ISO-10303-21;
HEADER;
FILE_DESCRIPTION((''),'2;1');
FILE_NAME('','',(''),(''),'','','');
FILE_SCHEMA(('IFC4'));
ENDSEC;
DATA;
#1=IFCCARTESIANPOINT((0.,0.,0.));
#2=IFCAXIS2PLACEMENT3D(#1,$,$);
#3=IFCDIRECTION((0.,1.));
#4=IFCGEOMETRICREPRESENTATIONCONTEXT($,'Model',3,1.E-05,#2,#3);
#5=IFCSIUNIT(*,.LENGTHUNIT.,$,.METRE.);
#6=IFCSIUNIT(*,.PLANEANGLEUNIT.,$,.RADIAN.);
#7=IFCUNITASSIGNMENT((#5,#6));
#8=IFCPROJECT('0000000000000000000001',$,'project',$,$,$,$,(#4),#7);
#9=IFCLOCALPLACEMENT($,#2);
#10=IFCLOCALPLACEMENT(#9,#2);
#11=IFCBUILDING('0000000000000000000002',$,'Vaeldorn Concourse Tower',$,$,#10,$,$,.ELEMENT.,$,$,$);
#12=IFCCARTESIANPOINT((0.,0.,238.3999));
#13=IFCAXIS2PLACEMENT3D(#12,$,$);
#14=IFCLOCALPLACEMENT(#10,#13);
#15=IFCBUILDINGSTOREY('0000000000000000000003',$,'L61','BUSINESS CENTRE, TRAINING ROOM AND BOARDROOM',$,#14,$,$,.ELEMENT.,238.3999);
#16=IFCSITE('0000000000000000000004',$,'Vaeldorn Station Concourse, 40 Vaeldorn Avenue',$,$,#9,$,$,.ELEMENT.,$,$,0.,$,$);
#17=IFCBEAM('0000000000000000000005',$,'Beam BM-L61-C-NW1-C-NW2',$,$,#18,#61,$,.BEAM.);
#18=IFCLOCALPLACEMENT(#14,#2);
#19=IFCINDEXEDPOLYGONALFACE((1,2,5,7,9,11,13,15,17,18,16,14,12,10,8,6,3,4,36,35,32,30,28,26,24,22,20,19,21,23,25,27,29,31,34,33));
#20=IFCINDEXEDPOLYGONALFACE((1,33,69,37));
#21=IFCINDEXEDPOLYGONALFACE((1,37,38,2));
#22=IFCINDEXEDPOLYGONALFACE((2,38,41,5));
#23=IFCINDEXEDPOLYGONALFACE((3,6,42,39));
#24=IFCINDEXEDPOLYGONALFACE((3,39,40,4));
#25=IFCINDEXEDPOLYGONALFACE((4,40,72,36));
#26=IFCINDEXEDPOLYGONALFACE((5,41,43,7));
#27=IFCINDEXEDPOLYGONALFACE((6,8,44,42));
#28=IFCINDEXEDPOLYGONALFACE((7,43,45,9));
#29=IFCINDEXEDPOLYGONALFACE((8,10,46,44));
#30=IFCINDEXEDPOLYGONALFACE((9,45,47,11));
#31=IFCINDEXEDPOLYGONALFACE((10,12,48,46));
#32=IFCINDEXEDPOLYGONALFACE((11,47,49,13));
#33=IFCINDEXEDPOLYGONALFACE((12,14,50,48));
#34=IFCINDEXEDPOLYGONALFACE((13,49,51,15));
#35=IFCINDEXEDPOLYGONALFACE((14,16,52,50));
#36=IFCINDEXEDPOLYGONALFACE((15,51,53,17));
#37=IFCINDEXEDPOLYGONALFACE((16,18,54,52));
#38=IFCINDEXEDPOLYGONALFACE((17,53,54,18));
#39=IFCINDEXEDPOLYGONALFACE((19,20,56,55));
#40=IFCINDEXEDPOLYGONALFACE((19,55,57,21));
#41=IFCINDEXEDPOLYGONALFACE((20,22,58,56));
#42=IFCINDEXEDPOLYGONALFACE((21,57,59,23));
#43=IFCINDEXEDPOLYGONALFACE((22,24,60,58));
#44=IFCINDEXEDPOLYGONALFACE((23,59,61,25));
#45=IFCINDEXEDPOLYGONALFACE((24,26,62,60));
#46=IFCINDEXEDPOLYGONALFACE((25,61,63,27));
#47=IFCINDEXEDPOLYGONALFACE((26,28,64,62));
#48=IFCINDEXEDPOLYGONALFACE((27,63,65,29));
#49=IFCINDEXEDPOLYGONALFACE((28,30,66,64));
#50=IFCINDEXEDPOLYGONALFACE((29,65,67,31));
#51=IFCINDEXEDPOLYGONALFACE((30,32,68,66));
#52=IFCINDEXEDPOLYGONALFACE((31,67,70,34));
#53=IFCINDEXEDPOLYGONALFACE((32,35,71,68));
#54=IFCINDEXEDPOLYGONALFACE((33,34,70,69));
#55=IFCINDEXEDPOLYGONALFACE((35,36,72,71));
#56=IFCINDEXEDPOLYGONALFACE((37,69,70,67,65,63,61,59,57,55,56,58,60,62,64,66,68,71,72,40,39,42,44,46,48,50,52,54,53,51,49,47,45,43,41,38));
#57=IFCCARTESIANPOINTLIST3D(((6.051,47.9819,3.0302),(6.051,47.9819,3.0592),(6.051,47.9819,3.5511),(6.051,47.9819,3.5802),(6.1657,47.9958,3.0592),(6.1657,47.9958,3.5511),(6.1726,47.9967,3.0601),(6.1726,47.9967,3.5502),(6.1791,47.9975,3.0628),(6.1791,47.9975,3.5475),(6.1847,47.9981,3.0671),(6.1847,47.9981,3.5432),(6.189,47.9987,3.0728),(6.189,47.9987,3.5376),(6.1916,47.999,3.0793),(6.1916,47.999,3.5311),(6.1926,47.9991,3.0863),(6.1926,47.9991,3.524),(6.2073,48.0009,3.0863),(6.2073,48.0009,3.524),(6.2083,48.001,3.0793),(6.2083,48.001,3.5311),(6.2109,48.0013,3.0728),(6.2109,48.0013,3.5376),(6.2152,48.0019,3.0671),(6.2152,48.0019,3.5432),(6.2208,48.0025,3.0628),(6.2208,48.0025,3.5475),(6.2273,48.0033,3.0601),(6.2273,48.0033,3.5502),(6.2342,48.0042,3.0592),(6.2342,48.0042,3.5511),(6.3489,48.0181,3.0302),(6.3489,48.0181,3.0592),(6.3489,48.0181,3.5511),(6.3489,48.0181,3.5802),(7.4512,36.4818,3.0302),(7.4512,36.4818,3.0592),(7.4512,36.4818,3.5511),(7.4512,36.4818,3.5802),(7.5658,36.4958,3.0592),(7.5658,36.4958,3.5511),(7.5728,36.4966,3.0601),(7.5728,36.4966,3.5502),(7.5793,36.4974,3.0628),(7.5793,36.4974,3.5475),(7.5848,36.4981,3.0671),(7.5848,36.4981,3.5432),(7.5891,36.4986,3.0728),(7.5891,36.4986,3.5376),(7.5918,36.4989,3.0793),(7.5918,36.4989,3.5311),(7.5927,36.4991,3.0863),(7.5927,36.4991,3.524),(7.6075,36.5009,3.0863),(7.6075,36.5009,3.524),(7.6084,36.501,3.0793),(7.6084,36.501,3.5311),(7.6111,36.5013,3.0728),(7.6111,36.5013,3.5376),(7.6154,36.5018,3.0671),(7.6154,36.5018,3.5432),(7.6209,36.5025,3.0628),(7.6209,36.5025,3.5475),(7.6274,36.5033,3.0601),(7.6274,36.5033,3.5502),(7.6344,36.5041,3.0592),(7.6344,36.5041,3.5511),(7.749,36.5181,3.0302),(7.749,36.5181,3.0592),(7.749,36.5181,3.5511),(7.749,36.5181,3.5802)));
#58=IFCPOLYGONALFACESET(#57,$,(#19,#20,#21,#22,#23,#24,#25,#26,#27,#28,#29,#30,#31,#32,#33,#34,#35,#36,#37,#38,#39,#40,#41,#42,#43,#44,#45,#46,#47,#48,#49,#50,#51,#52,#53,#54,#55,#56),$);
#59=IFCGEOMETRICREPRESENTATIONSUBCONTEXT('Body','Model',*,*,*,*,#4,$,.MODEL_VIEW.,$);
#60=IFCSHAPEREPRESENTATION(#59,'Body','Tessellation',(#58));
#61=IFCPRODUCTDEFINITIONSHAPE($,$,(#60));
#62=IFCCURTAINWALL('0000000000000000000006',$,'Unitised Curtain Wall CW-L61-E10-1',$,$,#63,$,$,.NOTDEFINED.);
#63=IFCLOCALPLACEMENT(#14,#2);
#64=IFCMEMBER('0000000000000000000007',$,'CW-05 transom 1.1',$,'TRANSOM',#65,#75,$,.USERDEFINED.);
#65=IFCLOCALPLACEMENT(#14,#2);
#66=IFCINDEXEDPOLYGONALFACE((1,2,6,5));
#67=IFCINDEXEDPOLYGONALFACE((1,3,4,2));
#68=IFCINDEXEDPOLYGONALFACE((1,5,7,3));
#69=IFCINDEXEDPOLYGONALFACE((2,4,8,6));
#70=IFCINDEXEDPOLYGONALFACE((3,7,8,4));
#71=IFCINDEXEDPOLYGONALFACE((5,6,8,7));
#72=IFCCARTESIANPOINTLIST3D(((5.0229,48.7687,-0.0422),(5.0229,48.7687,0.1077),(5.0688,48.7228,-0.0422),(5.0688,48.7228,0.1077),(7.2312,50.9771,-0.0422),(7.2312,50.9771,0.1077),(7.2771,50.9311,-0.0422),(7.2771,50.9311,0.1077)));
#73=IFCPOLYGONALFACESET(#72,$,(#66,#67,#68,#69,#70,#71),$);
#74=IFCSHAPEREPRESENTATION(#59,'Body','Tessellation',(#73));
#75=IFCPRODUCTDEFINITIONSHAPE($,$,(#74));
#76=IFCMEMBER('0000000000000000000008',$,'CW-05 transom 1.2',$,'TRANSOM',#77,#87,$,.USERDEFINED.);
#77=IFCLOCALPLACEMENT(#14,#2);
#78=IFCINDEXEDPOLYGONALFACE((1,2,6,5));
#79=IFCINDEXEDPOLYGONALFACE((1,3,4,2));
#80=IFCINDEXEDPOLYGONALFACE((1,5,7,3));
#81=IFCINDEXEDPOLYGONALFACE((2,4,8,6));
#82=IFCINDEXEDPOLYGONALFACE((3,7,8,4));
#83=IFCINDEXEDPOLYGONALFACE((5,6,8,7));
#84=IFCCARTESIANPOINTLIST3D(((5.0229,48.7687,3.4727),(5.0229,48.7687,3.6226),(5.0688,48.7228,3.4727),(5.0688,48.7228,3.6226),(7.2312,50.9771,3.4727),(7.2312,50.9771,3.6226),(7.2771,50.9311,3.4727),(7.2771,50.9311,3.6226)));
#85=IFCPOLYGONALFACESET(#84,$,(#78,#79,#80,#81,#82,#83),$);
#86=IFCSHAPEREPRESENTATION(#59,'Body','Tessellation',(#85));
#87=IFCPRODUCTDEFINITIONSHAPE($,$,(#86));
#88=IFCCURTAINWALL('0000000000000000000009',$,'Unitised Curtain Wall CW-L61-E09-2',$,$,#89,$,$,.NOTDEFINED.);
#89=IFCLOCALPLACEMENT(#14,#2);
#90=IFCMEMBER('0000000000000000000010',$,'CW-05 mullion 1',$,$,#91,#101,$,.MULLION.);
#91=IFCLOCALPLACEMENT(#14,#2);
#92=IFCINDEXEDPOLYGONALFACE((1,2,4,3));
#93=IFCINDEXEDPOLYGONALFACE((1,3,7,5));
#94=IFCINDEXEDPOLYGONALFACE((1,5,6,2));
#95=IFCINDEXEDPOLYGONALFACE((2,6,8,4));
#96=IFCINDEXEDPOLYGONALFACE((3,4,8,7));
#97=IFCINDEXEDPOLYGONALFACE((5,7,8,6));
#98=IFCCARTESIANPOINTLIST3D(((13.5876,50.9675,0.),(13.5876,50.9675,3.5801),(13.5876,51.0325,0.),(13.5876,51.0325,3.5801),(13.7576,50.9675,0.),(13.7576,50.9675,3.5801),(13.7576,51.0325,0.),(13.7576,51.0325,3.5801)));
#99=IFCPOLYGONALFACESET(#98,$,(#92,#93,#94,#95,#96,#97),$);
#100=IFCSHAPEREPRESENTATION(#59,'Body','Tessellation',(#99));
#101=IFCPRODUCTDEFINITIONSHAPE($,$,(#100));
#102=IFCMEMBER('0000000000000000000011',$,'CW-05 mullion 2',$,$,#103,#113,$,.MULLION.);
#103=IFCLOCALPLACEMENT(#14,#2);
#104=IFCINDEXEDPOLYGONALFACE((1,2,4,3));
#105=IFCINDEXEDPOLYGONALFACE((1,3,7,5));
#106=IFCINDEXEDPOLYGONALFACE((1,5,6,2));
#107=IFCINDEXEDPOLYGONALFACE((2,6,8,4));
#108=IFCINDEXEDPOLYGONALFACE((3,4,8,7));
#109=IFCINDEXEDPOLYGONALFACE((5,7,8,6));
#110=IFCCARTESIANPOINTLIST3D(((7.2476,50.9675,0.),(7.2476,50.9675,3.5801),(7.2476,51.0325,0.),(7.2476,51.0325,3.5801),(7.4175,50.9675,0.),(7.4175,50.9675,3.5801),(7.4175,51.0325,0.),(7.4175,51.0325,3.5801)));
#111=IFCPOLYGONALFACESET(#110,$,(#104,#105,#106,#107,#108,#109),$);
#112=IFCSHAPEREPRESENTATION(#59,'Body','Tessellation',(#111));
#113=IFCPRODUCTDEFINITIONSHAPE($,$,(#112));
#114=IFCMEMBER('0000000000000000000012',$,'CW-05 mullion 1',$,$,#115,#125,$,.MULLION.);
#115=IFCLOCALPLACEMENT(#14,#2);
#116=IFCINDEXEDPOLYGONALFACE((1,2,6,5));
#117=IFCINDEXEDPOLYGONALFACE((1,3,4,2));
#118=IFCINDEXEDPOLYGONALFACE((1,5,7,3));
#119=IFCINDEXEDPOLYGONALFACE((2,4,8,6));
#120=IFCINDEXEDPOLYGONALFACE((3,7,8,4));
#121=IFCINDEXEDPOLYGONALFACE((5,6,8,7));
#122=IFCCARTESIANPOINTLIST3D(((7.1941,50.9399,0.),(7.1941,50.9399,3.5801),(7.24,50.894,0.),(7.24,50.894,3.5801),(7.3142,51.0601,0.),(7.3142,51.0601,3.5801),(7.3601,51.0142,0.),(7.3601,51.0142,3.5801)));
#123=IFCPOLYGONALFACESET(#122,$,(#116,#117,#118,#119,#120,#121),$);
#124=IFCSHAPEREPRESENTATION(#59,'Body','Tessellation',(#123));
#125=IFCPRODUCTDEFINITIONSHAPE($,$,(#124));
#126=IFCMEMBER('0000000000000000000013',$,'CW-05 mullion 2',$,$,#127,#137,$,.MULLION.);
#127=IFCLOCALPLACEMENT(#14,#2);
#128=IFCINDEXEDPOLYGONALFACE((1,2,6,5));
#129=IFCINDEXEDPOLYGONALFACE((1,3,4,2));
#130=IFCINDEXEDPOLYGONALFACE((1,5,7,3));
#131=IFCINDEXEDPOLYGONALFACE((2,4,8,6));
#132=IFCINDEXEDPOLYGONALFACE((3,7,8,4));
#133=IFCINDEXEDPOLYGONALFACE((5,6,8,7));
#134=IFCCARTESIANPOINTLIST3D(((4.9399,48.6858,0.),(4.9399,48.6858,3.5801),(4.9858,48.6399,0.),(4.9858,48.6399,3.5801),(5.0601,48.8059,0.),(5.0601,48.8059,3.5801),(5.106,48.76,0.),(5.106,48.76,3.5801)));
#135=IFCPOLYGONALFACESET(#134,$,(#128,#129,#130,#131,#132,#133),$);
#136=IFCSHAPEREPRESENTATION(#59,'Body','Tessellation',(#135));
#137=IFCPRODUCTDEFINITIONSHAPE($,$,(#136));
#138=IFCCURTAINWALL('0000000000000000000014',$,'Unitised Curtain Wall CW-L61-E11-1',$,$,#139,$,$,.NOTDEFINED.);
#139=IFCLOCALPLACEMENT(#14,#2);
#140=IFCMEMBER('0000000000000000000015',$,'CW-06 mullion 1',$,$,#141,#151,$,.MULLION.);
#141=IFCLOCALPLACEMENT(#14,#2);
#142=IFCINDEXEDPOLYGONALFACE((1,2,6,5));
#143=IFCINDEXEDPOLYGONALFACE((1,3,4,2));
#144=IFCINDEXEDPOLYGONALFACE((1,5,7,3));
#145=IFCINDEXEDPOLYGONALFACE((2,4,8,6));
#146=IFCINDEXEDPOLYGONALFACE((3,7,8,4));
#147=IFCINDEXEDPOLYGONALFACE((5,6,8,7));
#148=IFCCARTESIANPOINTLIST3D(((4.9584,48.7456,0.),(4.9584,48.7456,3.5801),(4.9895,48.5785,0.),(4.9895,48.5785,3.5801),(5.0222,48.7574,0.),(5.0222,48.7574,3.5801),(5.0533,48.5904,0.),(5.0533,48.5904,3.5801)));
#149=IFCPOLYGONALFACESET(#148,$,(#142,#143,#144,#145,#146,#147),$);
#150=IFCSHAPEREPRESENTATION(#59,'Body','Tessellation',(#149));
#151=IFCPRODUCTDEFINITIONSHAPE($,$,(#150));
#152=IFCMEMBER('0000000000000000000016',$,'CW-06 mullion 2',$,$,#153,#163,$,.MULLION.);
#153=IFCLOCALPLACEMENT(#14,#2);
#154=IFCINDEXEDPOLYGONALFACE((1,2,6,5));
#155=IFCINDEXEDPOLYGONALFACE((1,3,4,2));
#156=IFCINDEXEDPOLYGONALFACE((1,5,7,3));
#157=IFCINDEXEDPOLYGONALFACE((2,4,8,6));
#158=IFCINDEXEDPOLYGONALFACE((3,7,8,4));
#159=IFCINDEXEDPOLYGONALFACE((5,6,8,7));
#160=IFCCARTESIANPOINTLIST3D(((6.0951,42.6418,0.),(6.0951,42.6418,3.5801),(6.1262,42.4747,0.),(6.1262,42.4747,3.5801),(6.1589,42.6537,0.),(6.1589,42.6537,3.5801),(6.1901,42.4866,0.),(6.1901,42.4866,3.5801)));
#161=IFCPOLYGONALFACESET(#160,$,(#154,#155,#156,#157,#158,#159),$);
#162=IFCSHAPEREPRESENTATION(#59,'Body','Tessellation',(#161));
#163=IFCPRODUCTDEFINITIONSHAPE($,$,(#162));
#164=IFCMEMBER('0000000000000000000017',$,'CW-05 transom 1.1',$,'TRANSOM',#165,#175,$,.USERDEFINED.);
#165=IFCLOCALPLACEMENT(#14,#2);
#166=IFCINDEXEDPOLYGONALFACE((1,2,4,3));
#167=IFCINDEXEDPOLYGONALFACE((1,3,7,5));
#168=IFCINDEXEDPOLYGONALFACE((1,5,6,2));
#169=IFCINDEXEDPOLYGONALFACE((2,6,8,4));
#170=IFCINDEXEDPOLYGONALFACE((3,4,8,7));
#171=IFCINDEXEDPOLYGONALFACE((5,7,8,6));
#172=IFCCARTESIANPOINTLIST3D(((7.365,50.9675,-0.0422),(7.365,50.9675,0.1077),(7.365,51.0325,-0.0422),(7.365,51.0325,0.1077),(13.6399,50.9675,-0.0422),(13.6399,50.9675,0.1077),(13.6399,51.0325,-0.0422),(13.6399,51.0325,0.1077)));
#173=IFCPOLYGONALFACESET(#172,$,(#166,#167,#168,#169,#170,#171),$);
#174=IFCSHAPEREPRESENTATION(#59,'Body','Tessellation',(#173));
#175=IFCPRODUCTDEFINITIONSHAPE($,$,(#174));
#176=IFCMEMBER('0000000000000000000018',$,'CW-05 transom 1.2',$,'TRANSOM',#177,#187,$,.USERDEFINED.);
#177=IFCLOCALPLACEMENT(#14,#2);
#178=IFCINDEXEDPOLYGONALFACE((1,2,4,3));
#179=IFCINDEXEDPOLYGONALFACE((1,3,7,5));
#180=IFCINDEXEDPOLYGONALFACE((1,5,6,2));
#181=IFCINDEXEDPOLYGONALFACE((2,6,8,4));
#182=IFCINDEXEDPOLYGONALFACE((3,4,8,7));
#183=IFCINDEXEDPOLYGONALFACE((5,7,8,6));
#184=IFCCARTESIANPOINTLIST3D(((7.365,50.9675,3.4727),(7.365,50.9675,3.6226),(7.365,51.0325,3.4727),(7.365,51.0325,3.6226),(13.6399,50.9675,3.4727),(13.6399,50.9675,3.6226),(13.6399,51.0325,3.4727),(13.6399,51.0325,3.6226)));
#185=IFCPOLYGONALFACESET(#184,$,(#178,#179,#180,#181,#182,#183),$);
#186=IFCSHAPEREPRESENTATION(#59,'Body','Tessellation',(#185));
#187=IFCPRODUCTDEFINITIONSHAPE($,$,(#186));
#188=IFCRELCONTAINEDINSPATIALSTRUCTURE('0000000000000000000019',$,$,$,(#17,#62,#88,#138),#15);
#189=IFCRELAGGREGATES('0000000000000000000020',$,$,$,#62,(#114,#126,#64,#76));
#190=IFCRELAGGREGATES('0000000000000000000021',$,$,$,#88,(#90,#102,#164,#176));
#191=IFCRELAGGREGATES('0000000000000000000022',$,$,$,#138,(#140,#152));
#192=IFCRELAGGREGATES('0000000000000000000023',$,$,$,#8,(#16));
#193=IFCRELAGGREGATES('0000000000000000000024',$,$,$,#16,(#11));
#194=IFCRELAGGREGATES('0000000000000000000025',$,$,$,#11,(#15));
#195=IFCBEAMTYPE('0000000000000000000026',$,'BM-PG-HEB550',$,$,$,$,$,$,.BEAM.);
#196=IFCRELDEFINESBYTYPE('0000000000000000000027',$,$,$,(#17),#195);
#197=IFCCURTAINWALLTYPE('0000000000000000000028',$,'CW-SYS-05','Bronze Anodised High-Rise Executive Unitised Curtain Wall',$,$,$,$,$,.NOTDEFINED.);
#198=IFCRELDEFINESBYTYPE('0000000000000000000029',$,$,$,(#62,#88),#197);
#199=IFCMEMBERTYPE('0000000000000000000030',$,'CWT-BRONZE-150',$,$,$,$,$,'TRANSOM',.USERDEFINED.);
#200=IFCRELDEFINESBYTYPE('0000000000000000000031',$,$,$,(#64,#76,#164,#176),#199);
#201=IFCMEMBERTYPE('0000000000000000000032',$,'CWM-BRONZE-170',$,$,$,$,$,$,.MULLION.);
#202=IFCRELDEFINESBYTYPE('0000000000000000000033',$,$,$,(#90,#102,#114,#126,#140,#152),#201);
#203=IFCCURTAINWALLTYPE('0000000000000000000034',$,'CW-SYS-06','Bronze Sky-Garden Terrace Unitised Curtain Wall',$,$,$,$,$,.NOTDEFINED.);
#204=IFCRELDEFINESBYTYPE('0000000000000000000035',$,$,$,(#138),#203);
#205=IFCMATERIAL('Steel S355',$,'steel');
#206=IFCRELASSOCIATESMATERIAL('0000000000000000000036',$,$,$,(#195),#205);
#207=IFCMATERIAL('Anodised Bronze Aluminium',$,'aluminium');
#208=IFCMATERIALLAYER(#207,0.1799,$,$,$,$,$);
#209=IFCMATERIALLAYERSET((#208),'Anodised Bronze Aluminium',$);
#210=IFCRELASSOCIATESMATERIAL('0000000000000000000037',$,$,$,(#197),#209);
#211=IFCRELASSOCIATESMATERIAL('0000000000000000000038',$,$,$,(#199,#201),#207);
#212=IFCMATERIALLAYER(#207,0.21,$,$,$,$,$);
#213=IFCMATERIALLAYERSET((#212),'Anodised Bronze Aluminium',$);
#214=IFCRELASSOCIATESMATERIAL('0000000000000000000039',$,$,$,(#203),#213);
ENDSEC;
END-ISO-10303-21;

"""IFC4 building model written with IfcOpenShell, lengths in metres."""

from ifc_helpers import new_model, si_unit, direction, frame, origin, origin_2d, place, context, subcontext, project, spatial, rectangle, i_section, extrude, source, transform, mapped, material, layer, layer_set, material_profile, profile_set, type_object, element, aggregate, save


model = new_model("IFC4")

# Units and contexts
model_context = context("Model", 3, precision=1e-05, world=origin(), true_north=direction((0.0, 1.0)))
body_context = subcontext(model_context, "Body", "Model", "MODEL_VIEW")
ifc_project = project(units=[si_unit("LENGTHUNIT", "METRE"), si_unit("PLANEANGLEUNIT", "RADIAN")], contexts=[model_context])

# Site, building, storey
site_placement = place(None, origin())
site = spatial("IfcSite", under=ifc_project, at=site_placement, Name="Vaeldorn Station Concourse, 40 Vaeldorn Avenue", CompositionType="ELEMENT", RefElevation=0.0)
building_placement = place(site_placement, origin())
building = spatial("IfcBuilding", under=site, at=building_placement, Name="Vaeldorn Concourse Tower", CompositionType="ELEMENT")
storey_placement = place(building_placement, frame((0.0, 0.0, 238.3999)))
storey = spatial("IfcBuildingStorey", under=building, at=storey_placement, Name="L61", Description="BUSINESS CENTRE, TRAINING ROOM AND BOARDROOM", CompositionType="ELEMENT", Elevation=238.3999)

# Shared definitions
ifc_material_1 = material(Name="Steel S355", Category="steel")

# Beam
ifc_material_profile_1 = material_profile(ifc_material_1, i_section(OverallWidth=0.3, OverallDepth=0.55, WebThickness=0.0149, FlangeThickness=0.0291, FilletRadius=0.0271, at=origin_2d()), Name="HEB 550")
ifc_profile_set_1 = profile_set([ifc_material_profile_1], Name="Steel S355")
beam_type_1 = type_object("IfcBeamType", Name="BM-PG-HEB550", PredefinedType="BEAM", material=ifc_profile_set_1)
shared_shape_1 = source(origin(), body_context, "Body", "SweptSolid", [
    extrude(i_section(OverallWidth=0.3, OverallDepth=0.55, WebThickness=0.0149, FlangeThickness=0.0291, FilletRadius=0.0271, at=origin_2d()), origin(), (0.0, 0.0, 1.0), 11.585),
])
beam_1_placement = place(storey_placement, frame((6.2, 48.0, 3.3052), z_axis=(0.120859, -0.99267, 0.0), x_axis=(0.99267, 0.120859, 0.0)))
element("IfcBeam", 1, at=beam_1_placement, inside=storey, type_object=beam_type_1, Name="Beam BM-L61-C-NW1-C-NW2", PredefinedType="BEAM", context=body_context, shape_type="MappedRepresentation", body=[
    mapped(shared_shape_1, transform((0.0, 0.0, 0.0), scale=1.0)),
])

# Curtain walls, members
ifc_material_2 = material(Name="Anodised Bronze Aluminium", Category="aluminium")
ifc_layer_1 = layer(ifc_material_2, 0.1799)
ifc_layer_set_1 = layer_set([ifc_layer_1], Name="Anodised Bronze Aluminium")
curtain_wall_type_1 = type_object("IfcCurtainWallType", Name="CW-SYS-05", Description="Bronze Anodised High-Rise Executive Unitised Curtain Wall", PredefinedType="NOTDEFINED", material=ifc_layer_set_1)
curtain_wall_1_placement = place(storey_placement, origin())
curtain_wall_1 = element("IfcCurtainWall", 2, at=curtain_wall_1_placement, inside=storey, type_object=curtain_wall_type_1, Name="Unitised Curtain Wall CW-L61-E10-1", PredefinedType="NOTDEFINED")
ifc_material_profile_2 = material_profile(ifc_material_2, rectangle(XDim=0.0649, YDim=0.1499, at=origin_2d()), Name="CWT 65x150")
ifc_profile_set_2 = profile_set([ifc_material_profile_2], Name="Anodised Bronze Aluminium")
member_type_1 = type_object("IfcMemberType", Name="CWT-BRONZE-150", ElementType="TRANSOM", PredefinedType="USERDEFINED", material=ifc_profile_set_2)
shared_shape_2 = source(origin(), body_context, "Body", "SweptSolid", [
    extrude(rectangle(XDim=0.0649, YDim=0.1499, at=origin_2d()), origin(), (0.0, 0.0, 1.0), 3.123),
])
member_1_placement = place(storey_placement, frame((7.2542, 50.9541, 0.0327), z_axis=(-0.707107, -0.707107, 0.0), x_axis=(0.707107, -0.707107, 0.0)))
member_1 = element("IfcMember", 3, at=member_1_placement, type_object=member_type_1, Name="CW-05 transom 1.1", ObjectType="TRANSOM", PredefinedType="USERDEFINED", context=body_context, shape_type="MappedRepresentation", body=[
    mapped(shared_shape_2, transform((0.0, 0.0, 0.0), scale=1.0)),
])
member_2_placement = place(storey_placement, frame((7.2542, 50.9541, 3.5476), z_axis=(-0.707107, -0.707107, 0.0), x_axis=(0.707107, -0.707107, 0.0)))
member_2 = element("IfcMember", 4, at=member_2_placement, type_object=member_type_1, Name="CW-05 transom 1.2", ObjectType="TRANSOM", PredefinedType="USERDEFINED", context=body_context, shape_type="MappedRepresentation", body=[
    mapped(shared_shape_2, transform((0.0, 0.0, 0.0), scale=1.0)),
])
curtain_wall_2_placement = place(storey_placement, origin())
curtain_wall_2 = element("IfcCurtainWall", 5, at=curtain_wall_2_placement, inside=storey, type_object=curtain_wall_type_1, Name="Unitised Curtain Wall CW-L61-E09-2", PredefinedType="NOTDEFINED")
ifc_material_profile_3 = material_profile(ifc_material_2, rectangle(XDim=0.0649, YDim=0.1699, at=origin_2d()), Name="CWM 65x170")
ifc_profile_set_3 = profile_set([ifc_material_profile_3], Name="Anodised Bronze Aluminium")
member_type_2 = type_object("IfcMemberType", Name="CWM-BRONZE-170", PredefinedType="MULLION", material=ifc_profile_set_3)
shared_shape_3 = source(origin(), body_context, "Body", "SweptSolid", [
    extrude(rectangle(XDim=0.0649, YDim=0.1699, at=origin_2d()), origin(), (0.0, 0.0, 1.0), 3.5801),
])
member_3_placement = place(storey_placement, frame((13.6726, 51.0, 0.0), z_axis=(0.0, 0.0, 1.0), x_axis=(0.0, -1.0, 0.0)))
member_3 = element("IfcMember", 6, at=member_3_placement, type_object=member_type_2, Name="CW-05 mullion 1", PredefinedType="MULLION", context=body_context, shape_type="MappedRepresentation", body=[
    mapped(shared_shape_3, transform((0.0, 0.0, 0.0), scale=1.0)),
])
member_4_placement = place(storey_placement, frame((7.3325, 51.0, 0.0), z_axis=(0.0, 0.0, 1.0), x_axis=(0.0, -1.0, 0.0)))
member_4 = element("IfcMember", 7, at=member_4_placement, type_object=member_type_2, Name="CW-05 mullion 2", PredefinedType="MULLION", context=body_context, shape_type="MappedRepresentation", body=[
    mapped(shared_shape_3, transform((0.0, 0.0, 0.0), scale=1.0)),
])

# Members
member_5_placement = place(storey_placement, frame((7.2771, 50.9771, 0.0), z_axis=(0.0, 0.0, 1.0), x_axis=(0.707107, -0.707107, 0.0)))
member_5 = element("IfcMember", 8, at=member_5_placement, type_object=member_type_2, Name="CW-05 mullion 1", PredefinedType="MULLION", context=body_context, shape_type="MappedRepresentation", body=[
    mapped(shared_shape_3, transform((0.0, 0.0, 0.0), scale=1.0)),
])
member_6_placement = place(storey_placement, frame((5.0229, 48.7229, 0.0), z_axis=(0.0, 0.0, 1.0), x_axis=(0.707107, -0.707107, 0.0)))
member_6 = element("IfcMember", 9, at=member_6_placement, type_object=member_type_2, Name="CW-05 mullion 2", PredefinedType="MULLION", context=body_context, shape_type="MappedRepresentation", body=[
    mapped(shared_shape_3, transform((0.0, 0.0, 0.0), scale=1.0)),
])

# Curtain wall, members
ifc_layer_2 = layer(ifc_material_2, 0.21)
ifc_layer_set_2 = layer_set([ifc_layer_2], Name="Anodised Bronze Aluminium")
curtain_wall_type_2 = type_object("IfcCurtainWallType", Name="CW-SYS-06", Description="Bronze Sky-Garden Terrace Unitised Curtain Wall", PredefinedType="NOTDEFINED", material=ifc_layer_set_2)
curtain_wall_3_placement = place(storey_placement, origin())
curtain_wall_3 = element("IfcCurtainWall", 10, at=curtain_wall_3_placement, inside=storey, type_object=curtain_wall_type_2, Name="Unitised Curtain Wall CW-L61-E11-1", PredefinedType="NOTDEFINED")
member_7_placement = place(storey_placement, frame((5.0059, 48.668, 0.0), z_axis=(0.0, 0.0, 1.0), x_axis=(0.983103, 0.183054, 0.0)))
member_7 = element("IfcMember", 11, at=member_7_placement, type_object=member_type_2, Name="CW-06 mullion 1", PredefinedType="MULLION", context=body_context, shape_type="MappedRepresentation", body=[
    mapped(shared_shape_3, transform((0.0, 0.0, 0.0), scale=1.0)),
])
member_8_placement = place(storey_placement, frame((6.1426, 42.5642, 0.0), z_axis=(0.0, 0.0, 1.0), x_axis=(0.983103, 0.183054, 0.0)))
member_8 = element("IfcMember", 12, at=member_8_placement, type_object=member_type_2, Name="CW-06 mullion 2", PredefinedType="MULLION", context=body_context, shape_type="MappedRepresentation", body=[
    mapped(shared_shape_3, transform((0.0, 0.0, 0.0), scale=1.0)),
])

# Members
shared_shape_4 = source(origin(), body_context, "Body", "SweptSolid", [
    extrude(rectangle(XDim=0.0649, YDim=0.1499, at=origin_2d()), origin(), (0.0, 0.0, 1.0), 6.2749),
])
member_9_placement = place(storey_placement, frame((13.6399, 51.0, 0.0327), z_axis=(-1.0, 0.0, 0.0), x_axis=(0.0, -1.0, 0.0)))
member_9 = element("IfcMember", 13, at=member_9_placement, type_object=member_type_1, Name="CW-05 transom 1.1", ObjectType="TRANSOM", PredefinedType="USERDEFINED", context=body_context, shape_type="MappedRepresentation", body=[
    mapped(shared_shape_4, transform((0.0, 0.0, 0.0), scale=1.0)),
])
member_10_placement = place(storey_placement, frame((13.6399, 51.0, 3.5476), z_axis=(-1.0, 0.0, 0.0), x_axis=(0.0, -1.0, 0.0)))
member_10 = element("IfcMember", 14, at=member_10_placement, type_object=member_type_1, Name="CW-05 transom 1.2", ObjectType="TRANSOM", PredefinedType="USERDEFINED", context=body_context, shape_type="MappedRepresentation", body=[
    mapped(shared_shape_4, transform((0.0, 0.0, 0.0), scale=1.0)),
])

aggregate(curtain_wall_1, [member_5, member_6, member_1, member_2])
aggregate(curtain_wall_2, [member_3, member_4, member_9, member_10])
aggregate(curtain_wall_3, [member_7, member_8])

save(model, "model.ifc")
